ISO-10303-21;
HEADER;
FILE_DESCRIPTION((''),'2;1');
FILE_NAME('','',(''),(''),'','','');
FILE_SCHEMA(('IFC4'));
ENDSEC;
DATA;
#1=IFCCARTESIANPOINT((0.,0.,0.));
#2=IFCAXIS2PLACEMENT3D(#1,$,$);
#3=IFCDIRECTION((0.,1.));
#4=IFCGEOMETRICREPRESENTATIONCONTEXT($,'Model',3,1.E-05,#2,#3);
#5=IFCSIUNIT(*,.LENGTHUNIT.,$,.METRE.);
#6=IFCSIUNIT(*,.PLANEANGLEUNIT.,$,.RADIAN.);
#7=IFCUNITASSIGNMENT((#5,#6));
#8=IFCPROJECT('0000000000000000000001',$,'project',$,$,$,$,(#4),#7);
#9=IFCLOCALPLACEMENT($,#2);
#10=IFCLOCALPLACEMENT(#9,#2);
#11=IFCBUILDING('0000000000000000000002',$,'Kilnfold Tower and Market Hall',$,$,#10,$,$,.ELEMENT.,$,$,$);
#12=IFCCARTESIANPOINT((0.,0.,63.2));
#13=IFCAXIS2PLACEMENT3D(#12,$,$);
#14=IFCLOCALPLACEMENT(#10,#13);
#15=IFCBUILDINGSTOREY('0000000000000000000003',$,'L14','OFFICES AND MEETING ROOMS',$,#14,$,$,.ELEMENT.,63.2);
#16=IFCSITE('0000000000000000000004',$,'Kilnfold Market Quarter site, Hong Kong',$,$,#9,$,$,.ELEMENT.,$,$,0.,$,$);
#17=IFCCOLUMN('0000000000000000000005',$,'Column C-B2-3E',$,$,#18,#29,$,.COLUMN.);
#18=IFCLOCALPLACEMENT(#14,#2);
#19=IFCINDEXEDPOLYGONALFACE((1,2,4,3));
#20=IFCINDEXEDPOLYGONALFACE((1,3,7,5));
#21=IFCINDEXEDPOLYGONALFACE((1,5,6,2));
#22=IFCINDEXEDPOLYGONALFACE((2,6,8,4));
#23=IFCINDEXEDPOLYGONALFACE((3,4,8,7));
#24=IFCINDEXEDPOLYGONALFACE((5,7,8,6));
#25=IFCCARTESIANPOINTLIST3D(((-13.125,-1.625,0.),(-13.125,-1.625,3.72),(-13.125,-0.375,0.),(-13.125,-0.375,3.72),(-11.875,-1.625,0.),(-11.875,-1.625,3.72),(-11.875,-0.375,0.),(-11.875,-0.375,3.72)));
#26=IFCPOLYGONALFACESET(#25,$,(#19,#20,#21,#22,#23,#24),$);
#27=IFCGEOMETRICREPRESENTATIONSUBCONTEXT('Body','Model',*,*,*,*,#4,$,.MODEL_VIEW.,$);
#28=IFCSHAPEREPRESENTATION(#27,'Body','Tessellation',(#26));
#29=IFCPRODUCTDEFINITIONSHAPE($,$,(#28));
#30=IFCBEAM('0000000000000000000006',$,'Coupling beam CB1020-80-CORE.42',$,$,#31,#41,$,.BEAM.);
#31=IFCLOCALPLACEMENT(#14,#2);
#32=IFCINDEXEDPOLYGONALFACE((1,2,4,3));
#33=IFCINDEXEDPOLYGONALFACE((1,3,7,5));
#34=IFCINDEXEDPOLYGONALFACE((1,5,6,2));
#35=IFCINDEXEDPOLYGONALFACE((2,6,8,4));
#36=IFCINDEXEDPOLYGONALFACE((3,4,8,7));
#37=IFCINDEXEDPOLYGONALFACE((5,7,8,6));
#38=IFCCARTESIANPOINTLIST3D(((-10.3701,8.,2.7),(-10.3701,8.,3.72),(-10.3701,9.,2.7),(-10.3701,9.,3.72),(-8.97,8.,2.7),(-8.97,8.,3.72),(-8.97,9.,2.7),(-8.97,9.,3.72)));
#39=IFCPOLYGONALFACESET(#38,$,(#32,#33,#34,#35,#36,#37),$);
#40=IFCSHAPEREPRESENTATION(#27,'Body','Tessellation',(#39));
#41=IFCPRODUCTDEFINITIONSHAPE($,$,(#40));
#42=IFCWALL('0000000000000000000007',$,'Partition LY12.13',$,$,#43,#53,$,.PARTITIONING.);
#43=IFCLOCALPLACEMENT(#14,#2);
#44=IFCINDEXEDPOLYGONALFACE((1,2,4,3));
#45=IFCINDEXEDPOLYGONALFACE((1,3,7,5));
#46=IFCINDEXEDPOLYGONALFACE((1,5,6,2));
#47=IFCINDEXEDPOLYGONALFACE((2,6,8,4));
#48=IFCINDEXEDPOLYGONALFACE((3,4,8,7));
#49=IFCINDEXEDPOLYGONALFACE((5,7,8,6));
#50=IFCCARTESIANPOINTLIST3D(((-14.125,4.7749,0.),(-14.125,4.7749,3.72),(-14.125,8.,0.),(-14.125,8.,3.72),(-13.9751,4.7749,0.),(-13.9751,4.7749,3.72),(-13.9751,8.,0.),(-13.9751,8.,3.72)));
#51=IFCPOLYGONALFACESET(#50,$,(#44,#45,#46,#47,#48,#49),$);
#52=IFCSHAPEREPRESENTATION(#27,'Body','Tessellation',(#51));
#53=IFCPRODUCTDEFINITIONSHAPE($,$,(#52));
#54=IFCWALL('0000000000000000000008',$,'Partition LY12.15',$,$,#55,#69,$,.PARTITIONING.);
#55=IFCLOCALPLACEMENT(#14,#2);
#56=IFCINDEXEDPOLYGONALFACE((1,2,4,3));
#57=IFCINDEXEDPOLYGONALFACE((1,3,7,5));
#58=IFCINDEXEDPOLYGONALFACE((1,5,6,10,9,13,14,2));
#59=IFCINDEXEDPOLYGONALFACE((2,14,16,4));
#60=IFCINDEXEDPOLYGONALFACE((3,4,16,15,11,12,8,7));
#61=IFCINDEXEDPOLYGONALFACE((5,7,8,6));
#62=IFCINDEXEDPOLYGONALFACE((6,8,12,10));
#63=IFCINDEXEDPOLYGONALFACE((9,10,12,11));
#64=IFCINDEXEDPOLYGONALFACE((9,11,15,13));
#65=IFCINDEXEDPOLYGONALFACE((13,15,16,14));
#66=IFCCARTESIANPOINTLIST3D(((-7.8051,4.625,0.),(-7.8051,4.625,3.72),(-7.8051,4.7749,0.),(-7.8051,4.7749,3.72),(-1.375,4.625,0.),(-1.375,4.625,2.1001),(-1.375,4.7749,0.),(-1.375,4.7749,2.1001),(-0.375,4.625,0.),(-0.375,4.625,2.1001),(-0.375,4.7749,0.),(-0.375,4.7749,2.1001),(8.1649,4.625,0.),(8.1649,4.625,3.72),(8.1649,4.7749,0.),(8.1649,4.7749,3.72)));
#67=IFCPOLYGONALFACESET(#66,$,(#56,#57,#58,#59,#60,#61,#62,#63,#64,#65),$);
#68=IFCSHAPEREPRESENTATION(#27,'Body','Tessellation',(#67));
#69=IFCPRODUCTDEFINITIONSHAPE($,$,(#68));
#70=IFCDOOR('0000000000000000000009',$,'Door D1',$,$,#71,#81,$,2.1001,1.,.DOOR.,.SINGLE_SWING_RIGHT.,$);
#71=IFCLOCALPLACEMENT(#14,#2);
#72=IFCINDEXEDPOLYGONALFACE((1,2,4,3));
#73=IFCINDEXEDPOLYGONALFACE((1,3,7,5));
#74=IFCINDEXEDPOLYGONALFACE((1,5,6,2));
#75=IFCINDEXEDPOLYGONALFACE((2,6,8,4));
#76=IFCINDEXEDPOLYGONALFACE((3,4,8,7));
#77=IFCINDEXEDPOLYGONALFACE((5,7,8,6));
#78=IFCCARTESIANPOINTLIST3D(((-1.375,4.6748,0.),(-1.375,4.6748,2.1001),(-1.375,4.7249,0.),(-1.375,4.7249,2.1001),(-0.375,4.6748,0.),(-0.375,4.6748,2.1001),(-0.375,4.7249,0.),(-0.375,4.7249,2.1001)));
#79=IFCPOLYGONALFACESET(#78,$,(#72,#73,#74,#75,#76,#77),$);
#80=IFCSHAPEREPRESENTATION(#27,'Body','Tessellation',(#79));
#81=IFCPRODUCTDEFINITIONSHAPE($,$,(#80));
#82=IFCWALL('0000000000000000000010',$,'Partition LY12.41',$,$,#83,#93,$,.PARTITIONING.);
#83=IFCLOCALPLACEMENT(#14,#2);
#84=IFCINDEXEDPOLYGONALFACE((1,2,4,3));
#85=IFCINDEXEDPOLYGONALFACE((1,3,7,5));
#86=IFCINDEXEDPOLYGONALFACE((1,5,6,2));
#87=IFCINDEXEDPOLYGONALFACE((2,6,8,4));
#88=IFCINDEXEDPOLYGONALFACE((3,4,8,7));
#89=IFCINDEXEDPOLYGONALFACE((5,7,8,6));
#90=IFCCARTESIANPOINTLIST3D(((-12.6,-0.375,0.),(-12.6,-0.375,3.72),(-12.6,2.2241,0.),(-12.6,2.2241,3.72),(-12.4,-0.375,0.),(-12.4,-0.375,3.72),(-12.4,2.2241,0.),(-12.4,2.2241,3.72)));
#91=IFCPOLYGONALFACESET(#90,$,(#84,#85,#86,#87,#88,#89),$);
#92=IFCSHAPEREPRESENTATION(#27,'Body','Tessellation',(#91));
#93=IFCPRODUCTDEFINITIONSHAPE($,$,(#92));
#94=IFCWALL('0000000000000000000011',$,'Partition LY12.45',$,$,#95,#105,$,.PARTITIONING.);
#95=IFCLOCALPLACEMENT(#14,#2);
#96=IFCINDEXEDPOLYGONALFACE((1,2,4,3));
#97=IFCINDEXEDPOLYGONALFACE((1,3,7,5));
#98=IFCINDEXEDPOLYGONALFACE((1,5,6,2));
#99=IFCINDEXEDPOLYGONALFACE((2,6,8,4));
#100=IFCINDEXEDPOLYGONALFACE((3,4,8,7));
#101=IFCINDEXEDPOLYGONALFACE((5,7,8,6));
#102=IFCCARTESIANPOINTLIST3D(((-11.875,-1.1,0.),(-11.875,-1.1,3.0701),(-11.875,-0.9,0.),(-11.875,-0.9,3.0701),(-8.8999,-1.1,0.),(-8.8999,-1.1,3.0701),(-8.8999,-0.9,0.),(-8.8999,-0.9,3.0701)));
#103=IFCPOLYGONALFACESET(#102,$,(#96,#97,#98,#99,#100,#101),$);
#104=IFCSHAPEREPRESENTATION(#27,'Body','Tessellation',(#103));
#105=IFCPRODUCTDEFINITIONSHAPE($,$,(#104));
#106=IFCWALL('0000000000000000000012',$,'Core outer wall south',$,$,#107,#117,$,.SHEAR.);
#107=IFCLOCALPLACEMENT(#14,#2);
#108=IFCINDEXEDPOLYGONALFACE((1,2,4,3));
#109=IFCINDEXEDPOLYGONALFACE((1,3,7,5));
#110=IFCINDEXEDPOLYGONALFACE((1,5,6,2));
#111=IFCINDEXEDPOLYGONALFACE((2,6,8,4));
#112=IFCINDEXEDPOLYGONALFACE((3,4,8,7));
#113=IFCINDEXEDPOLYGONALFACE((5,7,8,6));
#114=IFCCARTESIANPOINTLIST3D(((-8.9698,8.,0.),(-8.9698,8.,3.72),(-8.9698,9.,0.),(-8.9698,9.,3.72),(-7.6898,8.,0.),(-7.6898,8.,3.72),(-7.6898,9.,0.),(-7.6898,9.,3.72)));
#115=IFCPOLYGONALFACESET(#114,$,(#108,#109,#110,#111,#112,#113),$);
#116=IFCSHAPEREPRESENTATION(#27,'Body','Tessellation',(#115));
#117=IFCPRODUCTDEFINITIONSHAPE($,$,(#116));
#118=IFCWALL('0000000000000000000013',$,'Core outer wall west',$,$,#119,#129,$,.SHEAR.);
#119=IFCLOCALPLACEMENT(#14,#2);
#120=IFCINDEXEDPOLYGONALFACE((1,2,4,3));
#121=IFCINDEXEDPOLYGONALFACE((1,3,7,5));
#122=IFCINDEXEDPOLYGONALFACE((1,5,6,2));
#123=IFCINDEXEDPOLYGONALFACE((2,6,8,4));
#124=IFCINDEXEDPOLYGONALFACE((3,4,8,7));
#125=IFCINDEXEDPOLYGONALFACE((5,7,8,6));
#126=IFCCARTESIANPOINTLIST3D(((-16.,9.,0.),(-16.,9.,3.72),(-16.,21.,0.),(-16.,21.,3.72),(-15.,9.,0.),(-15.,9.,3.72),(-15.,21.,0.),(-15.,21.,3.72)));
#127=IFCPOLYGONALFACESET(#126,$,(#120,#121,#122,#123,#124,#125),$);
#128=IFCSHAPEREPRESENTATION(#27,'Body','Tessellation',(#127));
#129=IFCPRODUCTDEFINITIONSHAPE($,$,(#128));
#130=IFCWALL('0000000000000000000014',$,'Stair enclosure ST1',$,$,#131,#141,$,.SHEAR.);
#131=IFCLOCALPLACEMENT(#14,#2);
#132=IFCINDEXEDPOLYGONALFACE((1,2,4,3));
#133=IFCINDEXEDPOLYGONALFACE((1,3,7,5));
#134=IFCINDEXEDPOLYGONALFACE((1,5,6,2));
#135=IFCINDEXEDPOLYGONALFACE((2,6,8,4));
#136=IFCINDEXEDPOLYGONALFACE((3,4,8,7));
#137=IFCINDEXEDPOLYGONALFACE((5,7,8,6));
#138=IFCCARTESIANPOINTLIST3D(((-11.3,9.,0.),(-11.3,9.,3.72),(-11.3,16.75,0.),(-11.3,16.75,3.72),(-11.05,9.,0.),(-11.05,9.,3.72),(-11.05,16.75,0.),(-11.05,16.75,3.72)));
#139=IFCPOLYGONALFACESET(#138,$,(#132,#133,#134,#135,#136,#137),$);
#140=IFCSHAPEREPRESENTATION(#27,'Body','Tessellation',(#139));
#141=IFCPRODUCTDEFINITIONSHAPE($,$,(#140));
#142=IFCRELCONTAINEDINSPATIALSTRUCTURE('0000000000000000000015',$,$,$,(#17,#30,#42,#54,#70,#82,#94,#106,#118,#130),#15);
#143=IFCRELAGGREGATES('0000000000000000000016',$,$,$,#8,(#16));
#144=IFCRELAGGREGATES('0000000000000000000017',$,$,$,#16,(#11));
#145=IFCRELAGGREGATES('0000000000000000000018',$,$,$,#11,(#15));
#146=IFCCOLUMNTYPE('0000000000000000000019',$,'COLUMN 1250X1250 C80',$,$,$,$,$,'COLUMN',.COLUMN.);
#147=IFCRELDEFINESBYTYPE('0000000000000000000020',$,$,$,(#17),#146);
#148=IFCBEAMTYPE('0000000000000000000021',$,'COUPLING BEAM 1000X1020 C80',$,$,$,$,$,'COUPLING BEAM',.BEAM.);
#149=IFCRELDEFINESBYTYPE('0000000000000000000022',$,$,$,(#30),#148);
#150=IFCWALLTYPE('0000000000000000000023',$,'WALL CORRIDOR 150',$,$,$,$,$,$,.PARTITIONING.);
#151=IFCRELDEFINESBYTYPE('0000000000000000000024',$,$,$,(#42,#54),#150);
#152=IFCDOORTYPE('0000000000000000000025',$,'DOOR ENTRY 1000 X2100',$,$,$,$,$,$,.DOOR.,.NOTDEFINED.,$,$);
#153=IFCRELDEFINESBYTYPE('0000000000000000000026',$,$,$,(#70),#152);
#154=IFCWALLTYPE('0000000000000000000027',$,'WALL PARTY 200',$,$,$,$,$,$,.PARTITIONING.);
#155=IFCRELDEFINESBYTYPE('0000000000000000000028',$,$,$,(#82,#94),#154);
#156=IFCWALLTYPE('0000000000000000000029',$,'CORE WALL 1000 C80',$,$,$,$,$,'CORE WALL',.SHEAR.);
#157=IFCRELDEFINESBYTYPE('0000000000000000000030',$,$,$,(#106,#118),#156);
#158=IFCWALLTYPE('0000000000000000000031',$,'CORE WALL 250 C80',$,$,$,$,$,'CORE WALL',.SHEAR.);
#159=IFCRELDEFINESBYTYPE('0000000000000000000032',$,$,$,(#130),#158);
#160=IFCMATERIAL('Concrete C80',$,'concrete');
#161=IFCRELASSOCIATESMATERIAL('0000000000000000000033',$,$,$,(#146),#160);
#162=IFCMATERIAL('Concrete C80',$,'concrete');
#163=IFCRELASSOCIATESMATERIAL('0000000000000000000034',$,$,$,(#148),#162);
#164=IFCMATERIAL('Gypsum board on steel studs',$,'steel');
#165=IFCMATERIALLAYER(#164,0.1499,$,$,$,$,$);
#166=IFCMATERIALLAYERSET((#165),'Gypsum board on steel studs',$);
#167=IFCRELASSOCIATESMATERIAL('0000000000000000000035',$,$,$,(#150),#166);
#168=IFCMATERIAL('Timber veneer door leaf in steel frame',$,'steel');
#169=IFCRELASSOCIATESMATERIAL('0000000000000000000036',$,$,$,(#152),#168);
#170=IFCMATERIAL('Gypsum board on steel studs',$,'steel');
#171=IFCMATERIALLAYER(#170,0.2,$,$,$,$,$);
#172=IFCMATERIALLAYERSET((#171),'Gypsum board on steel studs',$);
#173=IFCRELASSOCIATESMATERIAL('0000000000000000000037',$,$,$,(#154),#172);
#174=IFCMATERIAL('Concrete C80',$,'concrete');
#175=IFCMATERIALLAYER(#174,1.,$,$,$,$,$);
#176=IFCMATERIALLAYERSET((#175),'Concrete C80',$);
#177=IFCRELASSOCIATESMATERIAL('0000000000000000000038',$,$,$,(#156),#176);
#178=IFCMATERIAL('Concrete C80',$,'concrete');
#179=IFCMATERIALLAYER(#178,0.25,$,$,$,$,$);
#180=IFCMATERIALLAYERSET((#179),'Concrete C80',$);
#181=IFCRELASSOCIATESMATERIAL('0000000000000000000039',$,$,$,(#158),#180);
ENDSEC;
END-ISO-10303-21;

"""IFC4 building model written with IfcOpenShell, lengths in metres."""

from ifc_helpers import new_model, si_unit, direction, frame, frame_2d, origin, origin_2d, place, context, subcontext, project, spatial, rectangle, extrude, source, transform, mapped, material, layer, layer_set, material_profile, profile_set, type_object, element, fill, save


model = new_model("IFC4")

# Units and contexts
model_context = context("Model", 3, precision=1e-05, world=origin(), true_north=direction((0.0, 1.0)))
body_context = subcontext(model_context, "Body", "Model", "MODEL_VIEW")
ifc_project = project(units=[si_unit("LENGTHUNIT", "METRE"), si_unit("PLANEANGLEUNIT", "RADIAN")], contexts=[model_context])

# Site, building, storey
site_placement = place(None, origin())
site = spatial("IfcSite", under=ifc_project, at=site_placement, Name="Kilnfold Market Quarter site, Hong Kong", CompositionType="ELEMENT", RefElevation=0.0)
building_placement = place(site_placement, origin())
building = spatial("IfcBuilding", under=site, at=building_placement, Name="Kilnfold Tower and Market Hall", CompositionType="ELEMENT")
storey_placement = place(building_placement, frame((0.0, 0.0, 63.2)))
storey = spatial("IfcBuildingStorey", under=building, at=storey_placement, Name="L14", Description="OFFICES AND MEETING ROOMS", CompositionType="ELEMENT", Elevation=63.2)

# Column
ifc_material_1 = material(Name="Concrete C80", Category="concrete")
ifc_material_profile_1 = material_profile(ifc_material_1, rectangle(XDim=1.25, YDim=1.25, at=origin_2d()), Name="RC 1250x1250")
ifc_profile_set_1 = profile_set([ifc_material_profile_1], Name="Concrete C80")
column_type = type_object("IfcColumnType", Name="COLUMN 1250X1250 C80", ElementType="COLUMN", PredefinedType="COLUMN", material=ifc_profile_set_1)
shared_shape_1 = source(origin(), body_context, "Body", "SweptSolid", [
    extrude(rectangle(XDim=1.25, YDim=1.25, at=origin_2d()), origin(), (0.0, 0.0, 1.0), 3.72),
])
column_placement = place(storey_placement, frame((-12.5, -1.0, 0.0), z_axis=(0.0, 0.0, 1.0), x_axis=(1.0, 0.0, 0.0)))
element("IfcColumn", 1, at=column_placement, inside=storey, type_object=column_type, Name="Column C-B2-3E", PredefinedType="COLUMN", context=body_context, shape_type="MappedRepresentation", body=[
    mapped(shared_shape_1, transform((0.0, 0.0, 0.0))),
])

# Beam
ifc_material_2 = material(Name="Concrete C80", Category="concrete")
ifc_material_profile_2 = material_profile(ifc_material_2, rectangle(XDim=1.0, YDim=1.02, at=origin_2d()), Name="RC 1000x1020")
ifc_profile_set_2 = profile_set([ifc_material_profile_2], Name="Concrete C80")
beam_type = type_object("IfcBeamType", Name="COUPLING BEAM 1000X1020 C80", ElementType="COUPLING BEAM", PredefinedType="BEAM", material=ifc_profile_set_2)
shared_shape_2 = source(origin(), body_context, "Body", "SweptSolid", [
    extrude(rectangle(XDim=1.0, YDim=1.02, at=origin_2d()), origin(), (0.0, 0.0, 1.0), 1.4001),
])
beam_placement = place(storey_placement, frame((-10.3701, 8.5, 3.21), z_axis=(1.0, 0.0, 0.0), x_axis=(0.0, 1.0, 0.0)))
element("IfcBeam", 2, at=beam_placement, inside=storey, type_object=beam_type, Name="Coupling beam CB1020-80-CORE.42", PredefinedType="BEAM", context=body_context, shape_type="MappedRepresentation", body=[
    mapped(shared_shape_2, transform((0.0, 0.0, 0.0))),
])

# Wall
ifc_material_3 = material(Name="Gypsum board on steel studs", Category="steel")
ifc_layer_1 = layer(ifc_material_3, 0.1499)
ifc_layer_set_1 = layer_set([ifc_layer_1], Name="Gypsum board on steel studs")
wall_type_1 = type_object("IfcWallType", Name="WALL CORRIDOR 150", PredefinedType="PARTITIONING", material=ifc_layer_set_1)
wall_1_placement = place(storey_placement, frame((-14.05, 8.0, 0.0), z_axis=(0.0, 0.0, 1.0), x_axis=(0.0, -1.0, 0.0)))
element("IfcWall", 3, at=wall_1_placement, inside=storey, type_object=wall_type_1, Name="Partition LY12.13", PredefinedType="PARTITIONING", context=body_context, shape_type="SweptSolid", body=[
    extrude(rectangle(XDim=3.2251, YDim=0.1499, at=frame_2d((1.6125, 0.0))), origin(), (0.0, 0.0, 1.0), 3.72),
])

# Wall, opening, door
wall_2_placement = place(storey_placement, frame((-7.8049, 4.7, 0.0), z_axis=(0.0, 0.0, 1.0), x_axis=(1.0, 0.0, 0.0)))
wall_2 = element("IfcWall", 4, at=wall_2_placement, inside=storey, type_object=wall_type_1, Name="Partition LY12.15", PredefinedType="PARTITIONING", context=body_context, shape_type="SweptSolid", body=[
    extrude(rectangle(XDim=15.97, YDim=0.1499, at=frame_2d((7.9849, 0.0))), origin(), (0.0, 0.0, 1.0), 3.72),
])
opening_1_placement = place(wall_2_placement, frame((6.4299, 0.0, 0.0)))
opening_1 = element("IfcOpeningElement", 5, at=opening_1_placement, cuts=wall_2, PredefinedType="OPENING", context=body_context, shape_type="SweptSolid", body=[
    extrude(rectangle(XDim=1.0, YDim=2.1001, at=frame_2d((0.5, 1.05))), frame((0.0, 0.085, 0.0), z_axis=(0.0, -1.0, 0.0), x_axis=(1.0, 0.0, 0.0)), (0.0, 0.0, 1.0), 0.1699),
])
ifc_material_4 = material(Name="Timber veneer door leaf in steel frame", Category="steel")
door_type_1 = type_object("IfcDoorType", Name="DOOR ENTRY 1000 X2100", OperationType="NOTDEFINED", PredefinedType="DOOR", material=ifc_material_4)
door_1_placement = place(opening_1_placement, origin())
door_1 = element("IfcDoor", 6, at=door_1_placement, inside=storey, type_object=door_type_1, Name="Door D1", OperationType="SINGLE_SWING_RIGHT", OverallHeight=2.1001, OverallWidth=1.0, PredefinedType="DOOR", context=body_context, shape_type="SweptSolid", body=[
    extrude(rectangle(XDim=1.0, YDim=2.1001, at=frame_2d((0.5, 1.05))), frame((0.0, 0.0249, 0.0), z_axis=(0.0, -1.0, 0.0), x_axis=(1.0, 0.0, 0.0)), (0.0, 0.0, 1.0), 0.05),
])
fill(opening_1, door_1)

# Walls
ifc_material_5 = material(Name="Gypsum board on steel studs", Category="steel")
ifc_layer_2 = layer(ifc_material_5, 0.2)
ifc_layer_set_2 = layer_set([ifc_layer_2], Name="Gypsum board on steel studs")
wall_type_2 = type_object("IfcWallType", Name="WALL PARTY 200", PredefinedType="PARTITIONING", material=ifc_layer_set_2)
wall_3_placement = place(storey_placement, frame((-12.5, -0.375, 0.0), z_axis=(0.0, 0.0, 1.0), x_axis=(0.0, 1.0, 0.0)))
element("IfcWall", 7, at=wall_3_placement, inside=storey, type_object=wall_type_2, Name="Partition LY12.41", PredefinedType="PARTITIONING", context=body_context, shape_type="SweptSolid", body=[
    extrude(rectangle(XDim=2.5991, YDim=0.2, at=frame_2d((1.2996, 0.0))), origin(), (0.0, 0.0, 1.0), 3.72),
])
wall_4_placement = place(storey_placement, frame((-11.875, -1.0, 0.0), z_axis=(0.0, 0.0, 1.0), x_axis=(1.0, 0.0, 0.0)))
element("IfcWall", 8, at=wall_4_placement, inside=storey, type_object=wall_type_2, Name="Partition LY12.45", PredefinedType="PARTITIONING", context=body_context, shape_type="SweptSolid", body=[
    extrude(rectangle(XDim=2.9751, YDim=0.2, at=frame_2d((1.4875, 0.0))), origin(), (0.0, 0.0, 1.0), 3.0701),
])
ifc_material_6 = material(Name="Concrete C80", Category="concrete")
ifc_layer_3 = layer(ifc_material_6, 1.0)
ifc_layer_set_3 = layer_set([ifc_layer_3], Name="Concrete C80")
wall_type_3 = type_object("IfcWallType", Name="CORE WALL 1000 C80", ElementType="CORE WALL", PredefinedType="SHEAR", material=ifc_layer_set_3)
shared_shape_3 = source(origin(), body_context, "Body", "SweptSolid", [
    extrude(rectangle(XDim=1.28, YDim=1.0, at=frame_2d((0.6401, 0.0))), origin(), (0.0, 0.0, 1.0), 3.72),
])
wall_5_placement = place(storey_placement, frame((-8.97, 8.5, 0.0), z_axis=(0.0, 0.0, 1.0), x_axis=(1.0, 0.0, 0.0)))
element("IfcWall", 9, at=wall_5_placement, inside=storey, type_object=wall_type_3, Name="Core outer wall south", PredefinedType="SHEAR", context=body_context, shape_type="MappedRepresentation", body=[
    mapped(shared_shape_3, transform((0.0, 0.0, 0.0))),
])
shared_shape_4 = source(origin(), body_context, "Body", "SweptSolid", [
    extrude(rectangle(XDim=12.0, YDim=1.0, at=frame_2d((6.0, 0.0))), origin(), (0.0, 0.0, 1.0), 3.72),
])
wall_6_placement = place(storey_placement, frame((-15.5, 9.0, 0.0), z_axis=(0.0, 0.0, 1.0), x_axis=(0.0, 1.0, 0.0)))
element("IfcWall", 10, at=wall_6_placement, inside=storey, type_object=wall_type_3, Name="Core outer wall west", PredefinedType="SHEAR", context=body_context, shape_type="MappedRepresentation", body=[
    mapped(shared_shape_4, transform((0.0, 0.0, 0.0))),
])
ifc_material_7 = material(Name="Concrete C80", Category="concrete")
ifc_layer_4 = layer(ifc_material_7, 0.25)
ifc_layer_set_4 = layer_set([ifc_layer_4], Name="Concrete C80")
wall_type_4 = type_object("IfcWallType", Name="CORE WALL 250 C80", ElementType="CORE WALL", PredefinedType="SHEAR", material=ifc_layer_set_4)
shared_shape_5 = source(origin(), body_context, "Body", "SweptSolid", [
    extrude(rectangle(XDim=7.75, YDim=0.25, at=frame_2d((3.875, 0.0))), origin(), (0.0, 0.0, 1.0), 3.72),
])
wall_7_placement = place(storey_placement, frame((-11.175, 9.0, 0.0), z_axis=(0.0, 0.0, 1.0), x_axis=(0.0, 1.0, 0.0)))
element("IfcWall", 11, at=wall_7_placement, inside=storey, type_object=wall_type_4, Name="Stair enclosure ST1", PredefinedType="SHEAR", context=body_context, shape_type="MappedRepresentation", body=[
    mapped(shared_shape_5, transform((0.0, 0.0, 0.0))),
])

save(model, "model.ifc")
